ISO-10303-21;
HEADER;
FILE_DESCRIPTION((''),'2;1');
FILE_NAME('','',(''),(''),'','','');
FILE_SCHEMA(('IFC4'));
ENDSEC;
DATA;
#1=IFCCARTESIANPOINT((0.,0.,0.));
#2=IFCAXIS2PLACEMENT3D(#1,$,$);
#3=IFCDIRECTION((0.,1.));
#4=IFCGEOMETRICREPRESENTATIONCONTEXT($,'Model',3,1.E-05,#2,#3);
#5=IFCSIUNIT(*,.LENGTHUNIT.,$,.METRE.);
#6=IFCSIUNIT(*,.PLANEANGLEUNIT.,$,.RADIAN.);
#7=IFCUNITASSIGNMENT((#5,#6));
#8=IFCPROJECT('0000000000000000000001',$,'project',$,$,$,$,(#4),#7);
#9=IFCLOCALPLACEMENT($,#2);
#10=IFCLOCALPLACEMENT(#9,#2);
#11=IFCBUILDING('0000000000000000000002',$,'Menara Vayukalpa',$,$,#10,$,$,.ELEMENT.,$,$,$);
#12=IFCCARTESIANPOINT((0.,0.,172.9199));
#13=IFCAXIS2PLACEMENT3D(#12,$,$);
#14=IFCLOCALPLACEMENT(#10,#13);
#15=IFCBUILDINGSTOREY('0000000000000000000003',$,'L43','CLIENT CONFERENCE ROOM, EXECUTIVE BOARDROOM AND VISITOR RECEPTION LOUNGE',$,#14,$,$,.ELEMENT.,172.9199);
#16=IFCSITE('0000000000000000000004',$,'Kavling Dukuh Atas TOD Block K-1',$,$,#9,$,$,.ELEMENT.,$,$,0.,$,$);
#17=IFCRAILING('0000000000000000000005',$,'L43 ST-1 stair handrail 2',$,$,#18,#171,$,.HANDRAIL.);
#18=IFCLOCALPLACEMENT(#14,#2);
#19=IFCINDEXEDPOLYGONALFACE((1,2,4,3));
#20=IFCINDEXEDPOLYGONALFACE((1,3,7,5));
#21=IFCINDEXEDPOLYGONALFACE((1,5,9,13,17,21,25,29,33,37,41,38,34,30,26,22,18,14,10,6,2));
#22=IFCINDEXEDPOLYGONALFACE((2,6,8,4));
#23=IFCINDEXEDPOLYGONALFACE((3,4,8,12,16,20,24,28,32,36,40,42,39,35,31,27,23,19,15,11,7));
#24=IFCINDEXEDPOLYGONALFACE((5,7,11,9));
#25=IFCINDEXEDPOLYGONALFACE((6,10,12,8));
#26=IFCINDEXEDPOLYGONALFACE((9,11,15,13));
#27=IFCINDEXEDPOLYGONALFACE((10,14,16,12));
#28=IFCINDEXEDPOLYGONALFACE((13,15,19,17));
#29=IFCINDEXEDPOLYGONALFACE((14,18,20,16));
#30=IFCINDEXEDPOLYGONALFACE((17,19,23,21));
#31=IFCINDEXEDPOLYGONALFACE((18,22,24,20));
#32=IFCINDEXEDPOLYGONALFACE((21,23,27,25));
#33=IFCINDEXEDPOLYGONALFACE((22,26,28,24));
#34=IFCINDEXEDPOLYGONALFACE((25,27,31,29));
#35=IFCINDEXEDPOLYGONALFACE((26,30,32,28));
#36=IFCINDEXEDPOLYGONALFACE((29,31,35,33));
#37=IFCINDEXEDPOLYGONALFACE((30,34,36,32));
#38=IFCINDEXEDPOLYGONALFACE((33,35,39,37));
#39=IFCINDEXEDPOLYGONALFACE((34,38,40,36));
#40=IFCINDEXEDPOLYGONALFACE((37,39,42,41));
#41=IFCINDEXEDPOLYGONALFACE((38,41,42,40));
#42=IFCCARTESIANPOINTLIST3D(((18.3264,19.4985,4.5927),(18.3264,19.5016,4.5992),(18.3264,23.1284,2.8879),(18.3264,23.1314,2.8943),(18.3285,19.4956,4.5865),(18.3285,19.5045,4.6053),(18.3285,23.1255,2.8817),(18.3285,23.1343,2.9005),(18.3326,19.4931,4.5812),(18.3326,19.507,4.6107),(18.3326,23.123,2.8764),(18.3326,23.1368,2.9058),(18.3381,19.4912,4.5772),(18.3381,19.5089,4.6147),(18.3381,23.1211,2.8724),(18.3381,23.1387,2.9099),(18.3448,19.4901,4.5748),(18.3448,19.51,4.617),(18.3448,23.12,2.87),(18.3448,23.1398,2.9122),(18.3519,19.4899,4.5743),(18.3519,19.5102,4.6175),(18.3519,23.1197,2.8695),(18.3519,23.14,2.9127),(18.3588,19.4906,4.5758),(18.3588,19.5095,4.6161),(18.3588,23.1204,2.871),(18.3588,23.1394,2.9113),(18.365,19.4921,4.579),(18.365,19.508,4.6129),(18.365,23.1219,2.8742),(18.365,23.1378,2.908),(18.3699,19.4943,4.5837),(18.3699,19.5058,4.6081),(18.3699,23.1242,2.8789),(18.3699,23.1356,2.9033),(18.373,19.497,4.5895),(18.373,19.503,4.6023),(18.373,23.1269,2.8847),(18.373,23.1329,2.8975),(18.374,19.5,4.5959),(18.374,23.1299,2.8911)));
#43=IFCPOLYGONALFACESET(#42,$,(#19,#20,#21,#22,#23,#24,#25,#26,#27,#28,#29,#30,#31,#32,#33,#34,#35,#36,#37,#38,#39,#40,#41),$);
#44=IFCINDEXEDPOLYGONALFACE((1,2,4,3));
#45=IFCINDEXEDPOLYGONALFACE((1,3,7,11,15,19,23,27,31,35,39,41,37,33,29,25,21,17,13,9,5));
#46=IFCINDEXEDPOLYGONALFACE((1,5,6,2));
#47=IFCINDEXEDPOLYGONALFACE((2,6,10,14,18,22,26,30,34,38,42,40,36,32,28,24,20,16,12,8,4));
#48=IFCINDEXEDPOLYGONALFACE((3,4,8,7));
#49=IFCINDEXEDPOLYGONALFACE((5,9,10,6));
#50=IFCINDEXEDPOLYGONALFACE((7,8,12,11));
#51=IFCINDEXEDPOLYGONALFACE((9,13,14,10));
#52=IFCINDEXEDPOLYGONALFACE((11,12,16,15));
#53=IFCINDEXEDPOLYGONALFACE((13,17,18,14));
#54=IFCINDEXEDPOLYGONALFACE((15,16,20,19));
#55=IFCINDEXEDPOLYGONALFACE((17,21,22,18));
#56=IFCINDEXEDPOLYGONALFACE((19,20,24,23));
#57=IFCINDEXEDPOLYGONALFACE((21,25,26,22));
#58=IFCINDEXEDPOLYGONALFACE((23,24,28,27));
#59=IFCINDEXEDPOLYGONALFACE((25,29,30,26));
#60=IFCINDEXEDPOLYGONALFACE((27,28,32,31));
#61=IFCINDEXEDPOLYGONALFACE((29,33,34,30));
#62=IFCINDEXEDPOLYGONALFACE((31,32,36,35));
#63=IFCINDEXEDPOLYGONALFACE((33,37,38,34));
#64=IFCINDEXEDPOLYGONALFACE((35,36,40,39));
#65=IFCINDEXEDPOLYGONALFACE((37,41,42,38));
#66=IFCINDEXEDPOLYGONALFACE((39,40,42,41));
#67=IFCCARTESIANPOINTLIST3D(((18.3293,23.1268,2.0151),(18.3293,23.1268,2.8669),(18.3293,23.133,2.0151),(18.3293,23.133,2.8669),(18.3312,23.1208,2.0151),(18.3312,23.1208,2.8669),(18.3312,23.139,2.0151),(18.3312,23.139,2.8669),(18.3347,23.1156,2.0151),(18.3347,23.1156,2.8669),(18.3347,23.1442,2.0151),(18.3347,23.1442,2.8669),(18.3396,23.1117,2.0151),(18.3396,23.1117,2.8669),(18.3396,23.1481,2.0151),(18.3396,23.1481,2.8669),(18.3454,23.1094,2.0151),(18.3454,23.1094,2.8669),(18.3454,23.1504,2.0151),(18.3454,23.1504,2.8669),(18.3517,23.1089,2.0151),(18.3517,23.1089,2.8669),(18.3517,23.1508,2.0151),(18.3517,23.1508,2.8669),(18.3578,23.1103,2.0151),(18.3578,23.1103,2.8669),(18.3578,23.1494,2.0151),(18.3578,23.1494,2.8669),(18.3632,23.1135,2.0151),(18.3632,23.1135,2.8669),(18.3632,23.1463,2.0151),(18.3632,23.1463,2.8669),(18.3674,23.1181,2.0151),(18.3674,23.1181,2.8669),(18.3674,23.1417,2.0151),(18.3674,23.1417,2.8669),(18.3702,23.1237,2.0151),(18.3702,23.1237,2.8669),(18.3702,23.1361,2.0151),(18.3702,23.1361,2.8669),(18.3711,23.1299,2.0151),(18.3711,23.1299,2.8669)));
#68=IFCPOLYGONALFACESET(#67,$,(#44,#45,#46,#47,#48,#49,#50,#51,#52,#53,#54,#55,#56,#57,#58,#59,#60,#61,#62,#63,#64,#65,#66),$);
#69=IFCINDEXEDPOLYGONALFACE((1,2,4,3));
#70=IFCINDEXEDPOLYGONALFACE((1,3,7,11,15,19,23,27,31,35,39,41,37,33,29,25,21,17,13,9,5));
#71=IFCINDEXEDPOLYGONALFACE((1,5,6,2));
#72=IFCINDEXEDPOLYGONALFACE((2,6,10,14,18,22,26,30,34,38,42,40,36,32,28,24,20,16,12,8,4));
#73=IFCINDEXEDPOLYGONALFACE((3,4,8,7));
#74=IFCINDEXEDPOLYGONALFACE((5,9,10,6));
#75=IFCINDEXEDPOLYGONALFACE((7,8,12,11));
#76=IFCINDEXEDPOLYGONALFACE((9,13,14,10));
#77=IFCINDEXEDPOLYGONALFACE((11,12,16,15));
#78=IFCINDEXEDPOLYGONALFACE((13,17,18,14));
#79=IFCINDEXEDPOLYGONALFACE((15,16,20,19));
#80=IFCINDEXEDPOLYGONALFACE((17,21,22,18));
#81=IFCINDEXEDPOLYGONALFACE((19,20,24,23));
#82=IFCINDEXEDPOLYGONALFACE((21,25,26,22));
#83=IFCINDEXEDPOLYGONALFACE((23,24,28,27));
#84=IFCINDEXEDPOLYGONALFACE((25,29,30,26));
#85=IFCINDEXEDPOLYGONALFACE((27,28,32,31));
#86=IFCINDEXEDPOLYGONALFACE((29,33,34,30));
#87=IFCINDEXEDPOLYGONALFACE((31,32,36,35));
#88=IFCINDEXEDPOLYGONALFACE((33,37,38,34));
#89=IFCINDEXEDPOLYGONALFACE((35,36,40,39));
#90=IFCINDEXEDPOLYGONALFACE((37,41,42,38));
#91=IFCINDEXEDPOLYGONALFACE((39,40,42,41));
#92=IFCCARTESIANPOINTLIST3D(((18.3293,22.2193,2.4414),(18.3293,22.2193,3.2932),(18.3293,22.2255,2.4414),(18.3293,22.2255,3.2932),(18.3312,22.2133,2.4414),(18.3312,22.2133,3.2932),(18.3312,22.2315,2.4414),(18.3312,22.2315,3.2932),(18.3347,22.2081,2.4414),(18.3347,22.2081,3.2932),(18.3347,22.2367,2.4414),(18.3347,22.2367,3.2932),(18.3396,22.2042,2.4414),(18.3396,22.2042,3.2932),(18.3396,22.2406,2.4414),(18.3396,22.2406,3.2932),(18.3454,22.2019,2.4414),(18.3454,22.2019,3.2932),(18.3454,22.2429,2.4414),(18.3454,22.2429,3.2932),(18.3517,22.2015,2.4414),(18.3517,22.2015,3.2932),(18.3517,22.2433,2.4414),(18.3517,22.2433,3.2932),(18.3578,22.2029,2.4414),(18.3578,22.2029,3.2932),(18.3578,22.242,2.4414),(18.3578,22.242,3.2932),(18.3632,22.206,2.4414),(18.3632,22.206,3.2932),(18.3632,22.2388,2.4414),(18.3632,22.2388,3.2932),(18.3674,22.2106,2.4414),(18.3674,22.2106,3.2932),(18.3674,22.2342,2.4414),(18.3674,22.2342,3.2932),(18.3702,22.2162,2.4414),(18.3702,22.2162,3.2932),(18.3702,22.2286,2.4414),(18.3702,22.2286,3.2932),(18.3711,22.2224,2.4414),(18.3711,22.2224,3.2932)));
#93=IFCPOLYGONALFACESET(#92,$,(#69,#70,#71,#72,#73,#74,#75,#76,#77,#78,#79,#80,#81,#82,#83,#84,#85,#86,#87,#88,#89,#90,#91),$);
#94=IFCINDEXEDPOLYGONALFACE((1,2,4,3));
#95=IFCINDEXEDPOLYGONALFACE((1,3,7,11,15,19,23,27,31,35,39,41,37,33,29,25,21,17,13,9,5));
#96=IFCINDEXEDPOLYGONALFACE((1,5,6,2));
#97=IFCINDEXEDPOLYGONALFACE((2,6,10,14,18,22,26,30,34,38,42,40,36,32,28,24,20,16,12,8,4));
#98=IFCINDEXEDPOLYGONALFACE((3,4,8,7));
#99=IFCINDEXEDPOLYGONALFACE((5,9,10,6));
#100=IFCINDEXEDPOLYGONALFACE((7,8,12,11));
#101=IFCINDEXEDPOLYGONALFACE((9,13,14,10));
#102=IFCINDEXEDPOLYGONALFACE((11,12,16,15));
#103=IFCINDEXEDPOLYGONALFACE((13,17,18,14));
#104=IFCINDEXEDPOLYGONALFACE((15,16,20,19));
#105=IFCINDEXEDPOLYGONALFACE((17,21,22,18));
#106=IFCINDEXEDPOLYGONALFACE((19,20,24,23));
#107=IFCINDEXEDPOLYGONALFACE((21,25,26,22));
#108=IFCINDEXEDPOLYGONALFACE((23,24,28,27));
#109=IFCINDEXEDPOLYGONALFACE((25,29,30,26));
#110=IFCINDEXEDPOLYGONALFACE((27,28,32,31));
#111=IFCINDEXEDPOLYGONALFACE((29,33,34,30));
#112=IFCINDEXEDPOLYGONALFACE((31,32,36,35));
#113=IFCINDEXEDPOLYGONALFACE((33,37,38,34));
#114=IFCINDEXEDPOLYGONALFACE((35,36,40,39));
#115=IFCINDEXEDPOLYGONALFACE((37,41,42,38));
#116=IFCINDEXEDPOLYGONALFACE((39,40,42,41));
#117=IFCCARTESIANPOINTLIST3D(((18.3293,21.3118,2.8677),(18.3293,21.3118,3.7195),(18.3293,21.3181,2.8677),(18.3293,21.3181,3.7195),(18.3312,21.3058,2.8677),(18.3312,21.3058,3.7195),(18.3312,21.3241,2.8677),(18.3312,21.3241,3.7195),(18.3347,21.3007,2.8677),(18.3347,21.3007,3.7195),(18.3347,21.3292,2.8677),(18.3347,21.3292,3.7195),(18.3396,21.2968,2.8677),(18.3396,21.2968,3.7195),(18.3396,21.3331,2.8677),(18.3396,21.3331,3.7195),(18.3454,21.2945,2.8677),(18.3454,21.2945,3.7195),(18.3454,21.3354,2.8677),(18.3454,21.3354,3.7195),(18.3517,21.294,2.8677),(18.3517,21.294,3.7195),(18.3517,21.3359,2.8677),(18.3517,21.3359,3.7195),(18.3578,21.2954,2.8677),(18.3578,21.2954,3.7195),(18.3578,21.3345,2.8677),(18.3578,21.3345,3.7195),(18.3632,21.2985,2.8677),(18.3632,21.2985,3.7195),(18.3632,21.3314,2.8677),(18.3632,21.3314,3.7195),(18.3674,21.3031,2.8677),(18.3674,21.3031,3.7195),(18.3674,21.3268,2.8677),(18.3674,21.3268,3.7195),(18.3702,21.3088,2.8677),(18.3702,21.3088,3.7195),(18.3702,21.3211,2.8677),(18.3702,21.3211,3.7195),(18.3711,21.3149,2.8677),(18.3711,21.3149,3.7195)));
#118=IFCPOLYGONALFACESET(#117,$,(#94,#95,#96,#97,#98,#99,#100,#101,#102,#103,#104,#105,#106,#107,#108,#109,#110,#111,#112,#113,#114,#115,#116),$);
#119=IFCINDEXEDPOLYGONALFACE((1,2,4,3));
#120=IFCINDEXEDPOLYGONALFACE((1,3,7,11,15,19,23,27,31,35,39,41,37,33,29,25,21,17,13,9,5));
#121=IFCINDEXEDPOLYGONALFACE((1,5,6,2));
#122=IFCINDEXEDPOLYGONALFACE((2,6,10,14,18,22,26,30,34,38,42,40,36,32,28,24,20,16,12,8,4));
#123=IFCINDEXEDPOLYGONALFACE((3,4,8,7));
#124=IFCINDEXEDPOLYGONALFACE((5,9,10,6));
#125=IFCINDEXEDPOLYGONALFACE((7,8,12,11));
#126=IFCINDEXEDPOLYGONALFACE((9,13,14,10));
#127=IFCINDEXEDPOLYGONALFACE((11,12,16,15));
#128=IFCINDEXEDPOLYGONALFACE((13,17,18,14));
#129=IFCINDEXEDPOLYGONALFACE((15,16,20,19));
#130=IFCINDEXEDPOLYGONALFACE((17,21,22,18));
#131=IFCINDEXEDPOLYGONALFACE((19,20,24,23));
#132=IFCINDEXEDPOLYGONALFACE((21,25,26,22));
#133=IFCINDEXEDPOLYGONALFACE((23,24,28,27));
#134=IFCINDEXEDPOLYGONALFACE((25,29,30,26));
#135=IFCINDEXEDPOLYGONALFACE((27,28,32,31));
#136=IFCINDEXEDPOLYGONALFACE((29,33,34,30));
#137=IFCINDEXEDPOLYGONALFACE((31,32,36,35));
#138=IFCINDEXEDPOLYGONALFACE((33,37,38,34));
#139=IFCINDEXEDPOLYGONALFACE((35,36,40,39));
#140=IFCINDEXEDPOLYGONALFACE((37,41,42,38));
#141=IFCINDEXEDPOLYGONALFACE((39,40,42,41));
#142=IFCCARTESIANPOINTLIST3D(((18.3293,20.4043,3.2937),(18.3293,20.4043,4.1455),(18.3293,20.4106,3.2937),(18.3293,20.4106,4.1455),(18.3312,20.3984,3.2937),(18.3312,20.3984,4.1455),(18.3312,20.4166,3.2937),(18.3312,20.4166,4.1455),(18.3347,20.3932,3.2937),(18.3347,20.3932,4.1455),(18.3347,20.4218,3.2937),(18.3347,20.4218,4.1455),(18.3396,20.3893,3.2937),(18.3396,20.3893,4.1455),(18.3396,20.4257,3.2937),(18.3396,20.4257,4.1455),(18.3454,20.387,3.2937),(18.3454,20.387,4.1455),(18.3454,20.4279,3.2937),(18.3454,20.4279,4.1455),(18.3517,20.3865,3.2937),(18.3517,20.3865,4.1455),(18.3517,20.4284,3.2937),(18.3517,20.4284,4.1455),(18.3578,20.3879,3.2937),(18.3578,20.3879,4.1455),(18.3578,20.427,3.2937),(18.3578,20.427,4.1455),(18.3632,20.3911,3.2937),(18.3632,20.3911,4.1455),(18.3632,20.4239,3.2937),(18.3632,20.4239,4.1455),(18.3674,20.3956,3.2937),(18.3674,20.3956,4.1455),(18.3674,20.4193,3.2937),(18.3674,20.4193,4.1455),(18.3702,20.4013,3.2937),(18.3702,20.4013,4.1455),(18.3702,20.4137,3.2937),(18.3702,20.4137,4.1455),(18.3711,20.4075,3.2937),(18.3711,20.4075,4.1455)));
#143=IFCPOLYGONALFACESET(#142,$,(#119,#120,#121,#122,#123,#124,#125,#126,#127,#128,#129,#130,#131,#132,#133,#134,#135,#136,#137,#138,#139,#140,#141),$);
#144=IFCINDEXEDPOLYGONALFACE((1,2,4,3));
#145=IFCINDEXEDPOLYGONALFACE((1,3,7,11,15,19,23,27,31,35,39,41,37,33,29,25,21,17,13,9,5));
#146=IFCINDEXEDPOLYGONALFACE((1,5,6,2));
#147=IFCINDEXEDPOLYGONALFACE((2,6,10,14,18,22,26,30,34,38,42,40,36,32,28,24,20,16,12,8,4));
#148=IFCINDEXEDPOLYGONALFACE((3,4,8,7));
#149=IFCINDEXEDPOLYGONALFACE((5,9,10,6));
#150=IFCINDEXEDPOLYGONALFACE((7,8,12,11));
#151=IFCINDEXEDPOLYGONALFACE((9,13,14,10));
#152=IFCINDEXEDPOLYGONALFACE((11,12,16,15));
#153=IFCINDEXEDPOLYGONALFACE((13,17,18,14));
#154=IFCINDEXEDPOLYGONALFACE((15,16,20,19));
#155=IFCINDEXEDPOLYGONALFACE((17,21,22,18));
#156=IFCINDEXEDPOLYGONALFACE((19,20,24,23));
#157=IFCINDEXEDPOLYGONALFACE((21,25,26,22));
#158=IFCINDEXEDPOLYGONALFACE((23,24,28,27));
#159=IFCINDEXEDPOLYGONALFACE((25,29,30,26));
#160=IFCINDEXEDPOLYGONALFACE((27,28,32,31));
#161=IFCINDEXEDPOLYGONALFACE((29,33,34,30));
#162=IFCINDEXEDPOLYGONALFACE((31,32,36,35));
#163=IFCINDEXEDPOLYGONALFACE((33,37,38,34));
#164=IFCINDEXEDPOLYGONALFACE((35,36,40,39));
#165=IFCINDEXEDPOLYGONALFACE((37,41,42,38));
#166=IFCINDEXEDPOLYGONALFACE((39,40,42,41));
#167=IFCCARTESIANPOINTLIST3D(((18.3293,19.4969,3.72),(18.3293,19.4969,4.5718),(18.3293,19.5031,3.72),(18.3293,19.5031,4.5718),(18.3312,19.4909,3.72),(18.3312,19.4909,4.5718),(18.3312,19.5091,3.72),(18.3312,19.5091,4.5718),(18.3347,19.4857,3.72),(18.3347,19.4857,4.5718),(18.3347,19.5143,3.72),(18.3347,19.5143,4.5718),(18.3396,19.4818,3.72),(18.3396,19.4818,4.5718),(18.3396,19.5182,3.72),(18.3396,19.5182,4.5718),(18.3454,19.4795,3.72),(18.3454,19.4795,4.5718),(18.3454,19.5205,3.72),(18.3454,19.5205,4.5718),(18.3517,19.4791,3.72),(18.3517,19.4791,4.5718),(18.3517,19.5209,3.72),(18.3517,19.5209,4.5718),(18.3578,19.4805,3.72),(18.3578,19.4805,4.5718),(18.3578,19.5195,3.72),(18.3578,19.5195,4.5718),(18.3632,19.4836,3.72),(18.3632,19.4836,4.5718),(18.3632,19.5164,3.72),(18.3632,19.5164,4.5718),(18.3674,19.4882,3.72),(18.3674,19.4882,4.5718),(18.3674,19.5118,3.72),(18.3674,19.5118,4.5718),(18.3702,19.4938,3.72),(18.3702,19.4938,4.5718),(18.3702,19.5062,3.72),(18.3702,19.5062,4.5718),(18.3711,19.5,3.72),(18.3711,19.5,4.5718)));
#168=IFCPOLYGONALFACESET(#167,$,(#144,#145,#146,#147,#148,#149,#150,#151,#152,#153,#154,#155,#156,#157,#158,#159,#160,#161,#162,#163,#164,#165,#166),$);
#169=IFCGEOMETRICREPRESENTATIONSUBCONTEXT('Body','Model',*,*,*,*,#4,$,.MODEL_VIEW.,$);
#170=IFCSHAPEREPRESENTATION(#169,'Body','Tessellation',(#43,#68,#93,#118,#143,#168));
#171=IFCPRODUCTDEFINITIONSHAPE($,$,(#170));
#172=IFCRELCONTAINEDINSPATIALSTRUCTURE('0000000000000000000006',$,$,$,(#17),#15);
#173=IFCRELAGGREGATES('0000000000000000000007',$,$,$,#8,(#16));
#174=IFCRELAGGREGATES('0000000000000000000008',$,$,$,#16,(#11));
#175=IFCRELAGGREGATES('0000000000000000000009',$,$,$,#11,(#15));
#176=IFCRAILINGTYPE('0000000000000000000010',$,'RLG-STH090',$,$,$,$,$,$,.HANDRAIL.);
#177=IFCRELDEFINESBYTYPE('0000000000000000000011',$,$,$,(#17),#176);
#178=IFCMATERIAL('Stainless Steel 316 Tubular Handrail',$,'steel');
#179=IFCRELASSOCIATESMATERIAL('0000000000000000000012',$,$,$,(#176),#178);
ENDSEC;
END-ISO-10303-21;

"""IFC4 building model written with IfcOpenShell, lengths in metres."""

from ifc_helpers import new_model, si_unit, direction, frame, origin, origin_2d, place, context, subcontext, project, spatial, circle, extrude, material, type_object, element, save


model = new_model("IFC4")

# Units and contexts
model_context = context("Model", 3, precision=1e-05, world=origin(), true_north=direction((0.0, 1.0)))
body_context = subcontext(model_context, "Body", "Model", "MODEL_VIEW")
ifc_project = project(units=[si_unit("LENGTHUNIT", "METRE"), si_unit("PLANEANGLEUNIT", "RADIAN")], contexts=[model_context])

# Site, building, storey
site_placement = place(None, origin())
site = spatial("IfcSite", under=ifc_project, at=site_placement, Name="Kavling Dukuh Atas TOD Block K-1", CompositionType="ELEMENT", RefElevation=0.0)
building_placement = place(site_placement, origin())
building = spatial("IfcBuilding", under=site, at=building_placement, Name="Menara Vayukalpa", CompositionType="ELEMENT")
storey_placement = place(building_placement, frame((0.0, 0.0, 172.9199)))
storey = spatial("IfcBuildingStorey", under=building, at=storey_placement, Name="L43", Description="CLIENT CONFERENCE ROOM, EXECUTIVE BOARDROOM AND VISITOR RECEPTION LOUNGE", CompositionType="ELEMENT", Elevation=172.9199)

# Railing
ifc_material_1 = material(Name="Stainless Steel 316 Tubular Handrail", Category="steel")
railing_type_1 = type_object("IfcRailingType", Name="RLG-STH090", PredefinedType="HANDRAIL", material=ifc_material_1)
railing_1_placement = place(storey_placement, frame((18.3501, 23.1299, 2.0151)))
element("IfcRailing", 1, at=railing_1_placement, inside=storey, type_object=railing_type_1, Name="L43 ST-1 stair handrail 2", PredefinedType="HANDRAIL", context=body_context, shape_type="SweptSolid", body=[
    extrude(circle(Radius=0.0239, at=origin_2d()), frame((0.0, 0.0, 0.876), z_axis=(0.0, -0.90514, 0.425114), x_axis=(1.0, 0.0, 0.0)), (0.0, 0.0, 1.0), 4.0103),
    extrude(circle(Radius=0.021, at=origin_2d()), origin(), (0.0, 0.0, 1.0), 0.8518),
    extrude(circle(Radius=0.021, at=origin_2d()), frame((0.0, -0.9075, 0.4263)), (0.0, 0.0, 1.0), 0.8518),
    extrude(circle(Radius=0.021, at=origin_2d()), frame((0.0, -1.8149, 0.8525)), (0.0, 0.0, 1.0), 0.8518),
    extrude(circle(Radius=0.021, at=origin_2d()), frame((0.0, -2.7224, 1.2786)), (0.0, 0.0, 1.0), 0.8518),
    extrude(circle(Radius=0.021, at=origin_2d()), frame((0.0, -3.6299, 1.7048)), (0.0, 0.0, 1.0), 0.8518),
])

save(model, "model.ifc")
